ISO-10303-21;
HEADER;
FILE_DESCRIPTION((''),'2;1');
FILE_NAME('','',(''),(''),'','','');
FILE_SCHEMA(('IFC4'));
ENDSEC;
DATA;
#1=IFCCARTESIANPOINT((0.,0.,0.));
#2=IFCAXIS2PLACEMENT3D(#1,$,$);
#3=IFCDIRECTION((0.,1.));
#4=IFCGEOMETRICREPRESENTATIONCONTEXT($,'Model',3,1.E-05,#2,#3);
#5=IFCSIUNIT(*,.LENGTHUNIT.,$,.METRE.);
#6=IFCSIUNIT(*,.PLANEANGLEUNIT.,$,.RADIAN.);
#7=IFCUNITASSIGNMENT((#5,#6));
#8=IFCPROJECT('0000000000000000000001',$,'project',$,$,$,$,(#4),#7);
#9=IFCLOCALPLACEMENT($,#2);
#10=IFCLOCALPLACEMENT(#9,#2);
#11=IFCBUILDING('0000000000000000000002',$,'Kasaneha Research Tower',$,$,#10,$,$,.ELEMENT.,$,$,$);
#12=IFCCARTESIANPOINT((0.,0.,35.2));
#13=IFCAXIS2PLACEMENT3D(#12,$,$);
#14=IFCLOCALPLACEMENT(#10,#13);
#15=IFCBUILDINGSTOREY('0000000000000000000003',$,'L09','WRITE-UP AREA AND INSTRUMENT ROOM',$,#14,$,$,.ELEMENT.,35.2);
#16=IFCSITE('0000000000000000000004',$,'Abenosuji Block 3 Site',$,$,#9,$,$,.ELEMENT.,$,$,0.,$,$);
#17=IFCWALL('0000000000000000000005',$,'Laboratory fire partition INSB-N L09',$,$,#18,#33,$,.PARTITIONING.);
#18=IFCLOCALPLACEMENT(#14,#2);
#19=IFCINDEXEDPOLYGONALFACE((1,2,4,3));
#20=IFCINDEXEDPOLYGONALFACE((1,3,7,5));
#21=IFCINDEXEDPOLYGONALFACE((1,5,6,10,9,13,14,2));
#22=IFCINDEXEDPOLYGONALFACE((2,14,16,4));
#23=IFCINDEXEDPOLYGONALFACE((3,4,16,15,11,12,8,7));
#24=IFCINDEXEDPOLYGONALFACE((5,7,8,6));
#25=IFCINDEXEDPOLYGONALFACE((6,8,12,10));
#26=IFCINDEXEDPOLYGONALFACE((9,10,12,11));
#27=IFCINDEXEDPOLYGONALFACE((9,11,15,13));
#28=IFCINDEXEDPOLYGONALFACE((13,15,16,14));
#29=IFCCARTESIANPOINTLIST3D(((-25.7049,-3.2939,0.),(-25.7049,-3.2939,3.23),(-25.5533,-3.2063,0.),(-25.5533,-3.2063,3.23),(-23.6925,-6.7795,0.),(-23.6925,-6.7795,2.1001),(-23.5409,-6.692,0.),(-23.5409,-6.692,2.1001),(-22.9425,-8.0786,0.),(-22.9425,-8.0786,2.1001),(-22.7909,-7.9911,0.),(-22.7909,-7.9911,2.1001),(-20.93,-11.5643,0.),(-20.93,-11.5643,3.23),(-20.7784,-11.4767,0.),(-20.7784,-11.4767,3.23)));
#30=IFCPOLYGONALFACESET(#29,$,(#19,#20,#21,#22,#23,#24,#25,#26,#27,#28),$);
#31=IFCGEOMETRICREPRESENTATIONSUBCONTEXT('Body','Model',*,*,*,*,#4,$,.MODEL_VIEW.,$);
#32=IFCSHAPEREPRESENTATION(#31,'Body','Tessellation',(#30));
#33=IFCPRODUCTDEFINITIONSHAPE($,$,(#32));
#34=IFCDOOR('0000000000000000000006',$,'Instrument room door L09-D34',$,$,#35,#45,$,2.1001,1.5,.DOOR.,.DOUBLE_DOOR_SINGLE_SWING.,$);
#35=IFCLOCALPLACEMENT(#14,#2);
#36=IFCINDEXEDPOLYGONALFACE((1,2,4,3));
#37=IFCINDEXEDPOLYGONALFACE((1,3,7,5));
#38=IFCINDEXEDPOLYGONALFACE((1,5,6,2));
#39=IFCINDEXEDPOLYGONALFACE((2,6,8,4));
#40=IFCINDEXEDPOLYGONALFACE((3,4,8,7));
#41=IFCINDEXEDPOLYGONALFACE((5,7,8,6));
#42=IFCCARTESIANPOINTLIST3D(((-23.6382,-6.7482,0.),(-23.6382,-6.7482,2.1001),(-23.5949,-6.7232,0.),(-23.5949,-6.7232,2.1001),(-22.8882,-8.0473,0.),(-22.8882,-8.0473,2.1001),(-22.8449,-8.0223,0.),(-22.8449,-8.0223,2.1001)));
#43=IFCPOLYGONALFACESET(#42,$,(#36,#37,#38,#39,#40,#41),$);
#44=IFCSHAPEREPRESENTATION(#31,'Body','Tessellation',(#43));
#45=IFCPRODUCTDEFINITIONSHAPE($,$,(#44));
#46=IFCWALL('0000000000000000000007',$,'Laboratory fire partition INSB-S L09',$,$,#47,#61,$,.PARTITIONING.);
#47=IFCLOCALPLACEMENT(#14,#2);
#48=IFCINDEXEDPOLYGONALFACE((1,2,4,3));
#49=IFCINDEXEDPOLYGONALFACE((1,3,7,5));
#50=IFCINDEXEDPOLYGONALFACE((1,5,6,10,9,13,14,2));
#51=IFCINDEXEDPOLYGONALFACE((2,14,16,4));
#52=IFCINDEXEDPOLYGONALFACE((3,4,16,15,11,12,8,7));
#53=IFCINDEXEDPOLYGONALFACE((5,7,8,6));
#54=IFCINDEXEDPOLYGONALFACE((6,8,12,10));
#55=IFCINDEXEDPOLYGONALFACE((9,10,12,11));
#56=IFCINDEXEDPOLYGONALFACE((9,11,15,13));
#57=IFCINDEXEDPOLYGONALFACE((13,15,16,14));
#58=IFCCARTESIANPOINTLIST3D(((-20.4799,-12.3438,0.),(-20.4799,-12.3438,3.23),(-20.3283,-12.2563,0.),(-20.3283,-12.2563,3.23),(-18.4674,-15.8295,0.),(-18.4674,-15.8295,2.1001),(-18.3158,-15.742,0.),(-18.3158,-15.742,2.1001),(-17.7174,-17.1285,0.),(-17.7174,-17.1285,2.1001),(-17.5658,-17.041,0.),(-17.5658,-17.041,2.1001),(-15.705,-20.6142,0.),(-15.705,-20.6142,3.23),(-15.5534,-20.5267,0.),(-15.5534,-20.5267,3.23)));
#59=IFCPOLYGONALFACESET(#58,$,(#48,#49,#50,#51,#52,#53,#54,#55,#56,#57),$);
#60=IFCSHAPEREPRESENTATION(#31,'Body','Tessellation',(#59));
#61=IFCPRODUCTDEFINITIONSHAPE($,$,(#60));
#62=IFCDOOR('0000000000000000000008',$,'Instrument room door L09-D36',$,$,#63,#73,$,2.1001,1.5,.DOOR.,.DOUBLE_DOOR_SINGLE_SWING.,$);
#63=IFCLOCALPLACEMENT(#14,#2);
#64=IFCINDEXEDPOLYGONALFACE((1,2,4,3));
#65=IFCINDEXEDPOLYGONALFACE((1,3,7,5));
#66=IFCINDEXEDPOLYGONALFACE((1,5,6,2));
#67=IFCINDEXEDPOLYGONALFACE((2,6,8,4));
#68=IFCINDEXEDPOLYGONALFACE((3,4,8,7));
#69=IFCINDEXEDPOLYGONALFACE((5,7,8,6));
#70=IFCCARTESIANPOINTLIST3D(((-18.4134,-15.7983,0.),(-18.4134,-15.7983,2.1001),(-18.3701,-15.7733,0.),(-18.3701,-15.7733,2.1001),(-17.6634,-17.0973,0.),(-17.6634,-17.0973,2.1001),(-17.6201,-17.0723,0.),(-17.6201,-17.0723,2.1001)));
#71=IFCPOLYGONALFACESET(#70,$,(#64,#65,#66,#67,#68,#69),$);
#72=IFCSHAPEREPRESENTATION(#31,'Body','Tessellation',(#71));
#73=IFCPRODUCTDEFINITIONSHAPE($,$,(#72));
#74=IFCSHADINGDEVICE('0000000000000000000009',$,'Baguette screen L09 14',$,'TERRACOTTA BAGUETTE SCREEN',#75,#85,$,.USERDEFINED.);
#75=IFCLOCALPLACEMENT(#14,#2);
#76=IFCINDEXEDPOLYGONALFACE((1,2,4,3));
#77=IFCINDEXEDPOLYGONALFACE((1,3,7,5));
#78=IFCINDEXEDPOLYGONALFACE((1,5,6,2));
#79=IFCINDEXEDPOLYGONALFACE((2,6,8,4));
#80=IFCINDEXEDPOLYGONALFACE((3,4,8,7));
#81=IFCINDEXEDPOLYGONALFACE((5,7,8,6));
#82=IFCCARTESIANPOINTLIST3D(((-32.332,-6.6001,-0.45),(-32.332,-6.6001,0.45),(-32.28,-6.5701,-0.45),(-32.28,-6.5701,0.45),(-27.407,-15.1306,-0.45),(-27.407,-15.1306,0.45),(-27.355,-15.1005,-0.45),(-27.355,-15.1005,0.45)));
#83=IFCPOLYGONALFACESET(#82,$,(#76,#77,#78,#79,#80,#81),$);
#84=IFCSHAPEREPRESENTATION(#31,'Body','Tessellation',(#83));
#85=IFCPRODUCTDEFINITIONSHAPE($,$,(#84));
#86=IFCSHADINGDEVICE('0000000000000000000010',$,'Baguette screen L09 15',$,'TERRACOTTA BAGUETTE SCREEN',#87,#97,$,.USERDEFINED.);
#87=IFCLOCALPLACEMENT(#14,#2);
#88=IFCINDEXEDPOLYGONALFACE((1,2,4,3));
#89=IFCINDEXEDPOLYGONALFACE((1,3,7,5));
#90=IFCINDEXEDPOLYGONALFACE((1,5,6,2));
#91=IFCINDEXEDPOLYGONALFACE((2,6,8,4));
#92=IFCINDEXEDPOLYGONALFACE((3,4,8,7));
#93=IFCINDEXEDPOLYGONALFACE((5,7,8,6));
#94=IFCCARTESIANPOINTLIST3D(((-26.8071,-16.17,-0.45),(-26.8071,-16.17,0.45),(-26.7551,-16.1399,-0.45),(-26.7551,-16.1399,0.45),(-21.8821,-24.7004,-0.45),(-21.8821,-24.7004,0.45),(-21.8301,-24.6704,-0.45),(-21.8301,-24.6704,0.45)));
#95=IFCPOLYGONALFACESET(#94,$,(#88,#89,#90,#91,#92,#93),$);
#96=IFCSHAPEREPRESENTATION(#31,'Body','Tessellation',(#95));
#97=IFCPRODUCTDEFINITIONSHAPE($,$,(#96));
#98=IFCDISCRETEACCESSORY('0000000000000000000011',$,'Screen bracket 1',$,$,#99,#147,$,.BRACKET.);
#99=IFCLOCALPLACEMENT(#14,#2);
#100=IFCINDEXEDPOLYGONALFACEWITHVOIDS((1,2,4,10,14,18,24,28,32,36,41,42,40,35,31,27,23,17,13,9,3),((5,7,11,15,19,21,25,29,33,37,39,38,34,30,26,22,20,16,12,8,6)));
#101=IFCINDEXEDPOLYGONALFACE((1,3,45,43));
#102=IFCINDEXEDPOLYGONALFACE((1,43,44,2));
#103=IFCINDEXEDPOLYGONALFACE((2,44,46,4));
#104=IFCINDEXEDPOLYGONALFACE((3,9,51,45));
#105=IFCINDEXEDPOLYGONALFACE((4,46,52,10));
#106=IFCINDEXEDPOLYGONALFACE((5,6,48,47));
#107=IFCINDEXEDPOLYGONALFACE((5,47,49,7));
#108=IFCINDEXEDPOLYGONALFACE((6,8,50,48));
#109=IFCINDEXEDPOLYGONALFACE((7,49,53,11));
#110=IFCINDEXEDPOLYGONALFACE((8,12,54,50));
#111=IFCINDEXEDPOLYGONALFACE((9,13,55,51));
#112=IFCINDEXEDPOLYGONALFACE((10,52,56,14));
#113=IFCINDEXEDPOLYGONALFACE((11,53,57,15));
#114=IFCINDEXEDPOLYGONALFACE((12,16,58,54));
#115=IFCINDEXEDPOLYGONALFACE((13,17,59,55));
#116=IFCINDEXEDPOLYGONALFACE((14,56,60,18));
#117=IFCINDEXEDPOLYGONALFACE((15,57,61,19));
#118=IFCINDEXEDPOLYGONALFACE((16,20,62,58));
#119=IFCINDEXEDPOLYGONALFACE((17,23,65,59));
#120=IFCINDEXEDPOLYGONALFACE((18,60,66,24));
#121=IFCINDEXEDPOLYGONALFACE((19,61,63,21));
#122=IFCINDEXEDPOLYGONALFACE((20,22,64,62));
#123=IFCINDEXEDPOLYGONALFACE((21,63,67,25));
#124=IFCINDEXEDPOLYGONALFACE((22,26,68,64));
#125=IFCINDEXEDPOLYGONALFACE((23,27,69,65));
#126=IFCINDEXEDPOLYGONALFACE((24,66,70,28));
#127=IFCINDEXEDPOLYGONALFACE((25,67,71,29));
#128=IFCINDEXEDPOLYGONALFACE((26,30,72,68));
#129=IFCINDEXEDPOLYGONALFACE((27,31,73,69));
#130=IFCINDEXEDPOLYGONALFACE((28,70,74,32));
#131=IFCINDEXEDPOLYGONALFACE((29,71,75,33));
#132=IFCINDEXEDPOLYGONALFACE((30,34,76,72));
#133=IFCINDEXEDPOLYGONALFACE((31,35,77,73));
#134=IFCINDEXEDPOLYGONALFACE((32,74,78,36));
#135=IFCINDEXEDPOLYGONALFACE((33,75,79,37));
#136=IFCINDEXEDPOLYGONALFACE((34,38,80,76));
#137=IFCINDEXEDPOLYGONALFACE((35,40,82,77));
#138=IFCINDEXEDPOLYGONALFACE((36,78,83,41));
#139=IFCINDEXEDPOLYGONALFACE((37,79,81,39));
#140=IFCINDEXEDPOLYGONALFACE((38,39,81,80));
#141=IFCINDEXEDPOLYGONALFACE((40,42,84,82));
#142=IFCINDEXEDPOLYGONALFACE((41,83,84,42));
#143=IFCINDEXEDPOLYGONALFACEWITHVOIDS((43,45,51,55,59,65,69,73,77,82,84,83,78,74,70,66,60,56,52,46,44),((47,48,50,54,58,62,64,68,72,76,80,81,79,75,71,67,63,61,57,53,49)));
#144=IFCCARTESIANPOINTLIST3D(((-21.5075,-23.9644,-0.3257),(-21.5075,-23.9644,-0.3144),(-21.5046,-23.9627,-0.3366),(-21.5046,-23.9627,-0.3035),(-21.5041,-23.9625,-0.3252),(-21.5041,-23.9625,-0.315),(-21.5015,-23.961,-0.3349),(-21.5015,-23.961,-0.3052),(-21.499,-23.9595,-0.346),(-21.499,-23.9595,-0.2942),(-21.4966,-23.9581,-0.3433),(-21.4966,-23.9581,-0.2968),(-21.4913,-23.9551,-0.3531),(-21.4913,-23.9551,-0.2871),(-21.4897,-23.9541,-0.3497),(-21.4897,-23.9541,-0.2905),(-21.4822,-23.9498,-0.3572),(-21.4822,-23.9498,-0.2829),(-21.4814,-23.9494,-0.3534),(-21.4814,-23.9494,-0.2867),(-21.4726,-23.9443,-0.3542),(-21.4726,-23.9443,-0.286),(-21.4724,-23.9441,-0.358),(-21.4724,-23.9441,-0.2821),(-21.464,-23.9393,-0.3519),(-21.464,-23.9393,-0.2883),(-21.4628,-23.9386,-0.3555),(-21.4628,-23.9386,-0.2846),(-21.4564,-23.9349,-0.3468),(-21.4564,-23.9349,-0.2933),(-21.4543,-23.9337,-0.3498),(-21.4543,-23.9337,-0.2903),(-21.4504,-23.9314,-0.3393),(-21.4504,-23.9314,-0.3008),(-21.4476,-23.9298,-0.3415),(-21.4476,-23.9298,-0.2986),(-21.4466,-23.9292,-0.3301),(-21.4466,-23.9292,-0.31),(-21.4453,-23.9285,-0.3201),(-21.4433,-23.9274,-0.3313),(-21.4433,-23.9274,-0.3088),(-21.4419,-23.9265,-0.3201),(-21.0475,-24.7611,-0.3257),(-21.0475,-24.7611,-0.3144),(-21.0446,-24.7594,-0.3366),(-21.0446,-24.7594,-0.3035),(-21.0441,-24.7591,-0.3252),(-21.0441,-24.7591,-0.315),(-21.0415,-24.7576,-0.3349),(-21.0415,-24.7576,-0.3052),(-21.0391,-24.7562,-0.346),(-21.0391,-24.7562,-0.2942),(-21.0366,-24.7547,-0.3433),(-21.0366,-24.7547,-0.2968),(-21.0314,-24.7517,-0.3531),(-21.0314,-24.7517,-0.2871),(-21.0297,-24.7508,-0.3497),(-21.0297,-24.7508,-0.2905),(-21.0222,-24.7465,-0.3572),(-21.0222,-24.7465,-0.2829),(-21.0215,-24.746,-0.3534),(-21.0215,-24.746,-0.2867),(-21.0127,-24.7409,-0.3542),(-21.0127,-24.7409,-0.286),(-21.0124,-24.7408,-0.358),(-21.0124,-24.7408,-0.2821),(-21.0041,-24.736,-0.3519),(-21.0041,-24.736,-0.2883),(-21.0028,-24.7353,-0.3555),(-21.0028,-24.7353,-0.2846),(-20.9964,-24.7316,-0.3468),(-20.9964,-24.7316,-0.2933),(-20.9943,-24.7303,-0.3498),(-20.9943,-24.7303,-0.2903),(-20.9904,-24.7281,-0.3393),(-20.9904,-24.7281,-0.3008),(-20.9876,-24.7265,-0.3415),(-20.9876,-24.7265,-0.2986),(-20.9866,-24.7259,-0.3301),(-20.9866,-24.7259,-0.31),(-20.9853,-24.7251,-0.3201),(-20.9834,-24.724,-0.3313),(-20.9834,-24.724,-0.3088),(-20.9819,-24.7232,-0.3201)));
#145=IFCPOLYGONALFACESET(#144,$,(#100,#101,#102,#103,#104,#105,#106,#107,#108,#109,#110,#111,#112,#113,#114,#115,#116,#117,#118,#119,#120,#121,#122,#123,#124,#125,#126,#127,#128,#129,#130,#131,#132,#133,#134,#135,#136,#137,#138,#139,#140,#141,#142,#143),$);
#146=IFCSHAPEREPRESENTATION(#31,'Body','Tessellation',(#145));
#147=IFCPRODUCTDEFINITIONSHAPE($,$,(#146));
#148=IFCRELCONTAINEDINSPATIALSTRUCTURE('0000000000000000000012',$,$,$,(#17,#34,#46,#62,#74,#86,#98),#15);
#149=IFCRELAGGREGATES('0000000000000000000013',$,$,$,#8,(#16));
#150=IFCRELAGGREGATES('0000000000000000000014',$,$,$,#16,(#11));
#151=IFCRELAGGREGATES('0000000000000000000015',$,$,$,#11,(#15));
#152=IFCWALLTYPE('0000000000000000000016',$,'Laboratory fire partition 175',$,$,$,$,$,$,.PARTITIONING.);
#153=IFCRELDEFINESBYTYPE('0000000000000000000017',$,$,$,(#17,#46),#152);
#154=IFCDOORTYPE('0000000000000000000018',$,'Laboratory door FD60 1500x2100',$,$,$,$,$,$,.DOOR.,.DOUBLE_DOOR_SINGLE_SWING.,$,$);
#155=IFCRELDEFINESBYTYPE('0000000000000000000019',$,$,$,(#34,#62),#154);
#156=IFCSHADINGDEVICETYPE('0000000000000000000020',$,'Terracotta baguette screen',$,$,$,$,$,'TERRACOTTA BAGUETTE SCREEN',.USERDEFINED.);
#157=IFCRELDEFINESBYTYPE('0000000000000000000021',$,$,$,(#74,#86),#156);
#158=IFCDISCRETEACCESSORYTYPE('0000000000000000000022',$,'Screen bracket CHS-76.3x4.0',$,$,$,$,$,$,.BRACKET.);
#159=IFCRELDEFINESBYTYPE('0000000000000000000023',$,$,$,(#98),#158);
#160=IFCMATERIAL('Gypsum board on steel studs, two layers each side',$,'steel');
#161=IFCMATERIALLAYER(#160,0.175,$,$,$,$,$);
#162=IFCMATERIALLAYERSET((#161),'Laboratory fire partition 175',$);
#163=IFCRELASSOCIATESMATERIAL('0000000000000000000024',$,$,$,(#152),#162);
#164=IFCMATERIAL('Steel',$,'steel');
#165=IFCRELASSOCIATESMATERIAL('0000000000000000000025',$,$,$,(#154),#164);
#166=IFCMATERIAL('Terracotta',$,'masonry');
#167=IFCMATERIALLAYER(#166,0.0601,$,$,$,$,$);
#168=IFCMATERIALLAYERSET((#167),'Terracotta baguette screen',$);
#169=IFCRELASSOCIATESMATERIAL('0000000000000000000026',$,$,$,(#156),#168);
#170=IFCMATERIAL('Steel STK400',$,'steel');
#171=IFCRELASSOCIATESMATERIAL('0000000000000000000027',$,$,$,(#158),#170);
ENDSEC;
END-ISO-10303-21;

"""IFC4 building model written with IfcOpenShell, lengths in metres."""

from ifc_helpers import new_model, si_unit, direction, frame, frame_2d, origin, origin_2d, place, context, subcontext, project, spatial, rectangle, hollow_circle, extrude, material, layer, layer_set, material_profile, profile_set, type_object, element, fill, save


model = new_model("IFC4")

# Units and contexts
model_context = context("Model", 3, precision=1e-05, world=origin(), true_north=direction((0.0, 1.0)))
body_context = subcontext(model_context, "Body", "Model", "MODEL_VIEW")
ifc_project = project(units=[si_unit("LENGTHUNIT", "METRE"), si_unit("PLANEANGLEUNIT", "RADIAN")], contexts=[model_context])

# Site, building, storey
site_placement = place(None, origin())
site = spatial("IfcSite", under=ifc_project, at=site_placement, Name="Abenosuji Block 3 Site", CompositionType="ELEMENT", RefElevation=0.0)
building_placement = place(site_placement, origin())
building = spatial("IfcBuilding", under=site, at=building_placement, Name="Kasaneha Research Tower", CompositionType="ELEMENT")
storey_placement = place(building_placement, frame((0.0, 0.0, 35.2)))
storey = spatial("IfcBuildingStorey", under=building, at=storey_placement, Name="L09", Description="WRITE-UP AREA AND INSTRUMENT ROOM", CompositionType="ELEMENT", Elevation=35.2)

# Walls, openings, doors
ifc_material_1 = material(Name="Gypsum board on steel studs, two layers each side", Category="steel")
ifc_layer_1 = layer(ifc_material_1, 0.175)
ifc_layer_set_1 = layer_set([ifc_layer_1], Name="Laboratory fire partition 175")
wall_type = type_object("IfcWallType", Name="Laboratory fire partition 175", PredefinedType="PARTITIONING", material=ifc_layer_set_1)
wall_1_placement = place(storey_placement, frame((-20.8542, -11.5205, 0.0), z_axis=(0.0, 0.0, 1.0), x_axis=(-0.499994, 0.866029, 0.0)))
wall_1 = element("IfcWall", 1, at=wall_1_placement, inside=storey, type_object=wall_type, Name="Laboratory fire partition INSB-N L09", PredefinedType="PARTITIONING", context=body_context, shape_type="SweptSolid", body=[
    extrude(rectangle(XDim=9.5498, YDim=0.175, at=frame_2d((4.7749, 0.0))), origin(), (0.0, 0.0, 1.0), 3.23),
])
opening_1_placement = place(wall_1_placement, frame((4.0249, 0.0, 0.0)))
opening_1 = element("IfcOpeningElement", 2, at=opening_1_placement, cuts=wall_1, PredefinedType="OPENING", context=body_context, shape_type="SweptSolid", body=[
    extrude(rectangle(XDim=1.5, YDim=2.1001, at=frame_2d((0.75, 1.05))), frame((0.0, 0.0977, 0.0), z_axis=(0.0, -1.0, 0.0), x_axis=(1.0, 0.0, 0.0)), (0.0, 0.0, 1.0), 0.1951),
])
ifc_material_2 = material(Name="Steel", Category="steel")
door_type = type_object("IfcDoorType", Name="Laboratory door FD60 1500x2100", OperationType="DOUBLE_DOOR_SINGLE_SWING", PredefinedType="DOOR", material=ifc_material_2)
door_1_placement = place(opening_1_placement, origin())
door_1 = element("IfcDoor", 3, at=door_1_placement, inside=storey, type_object=door_type, Name="Instrument room door L09-D34", OperationType="DOUBLE_DOOR_SINGLE_SWING", OverallHeight=2.1001, OverallWidth=1.5, PredefinedType="DOOR", context=body_context, shape_type="SweptSolid", body=[
    extrude(rectangle(XDim=1.5, YDim=2.1001, at=frame_2d((0.75, 1.05))), frame((0.0, 0.0249, 0.0), z_axis=(0.0, -1.0, 0.0), x_axis=(1.0, 0.0, 0.0)), (0.0, 0.0, 1.0), 0.05),
])
fill(opening_1, door_1)
wall_2_placement = place(storey_placement, frame((-20.4041, -12.3, 0.0), z_axis=(0.0, 0.0, 1.0), x_axis=(0.499994, -0.866029, 0.0)))
wall_2 = element("IfcWall", 4, at=wall_2_placement, inside=storey, type_object=wall_type, Name="Laboratory fire partition INSB-S L09", PredefinedType="PARTITIONING", context=body_context, shape_type="SweptSolid", body=[
    extrude(rectangle(XDim=9.5498, YDim=0.175, at=frame_2d((4.7749, 0.0))), origin(), (0.0, 0.0, 1.0), 3.23),
])
opening_2_placement = place(wall_2_placement, frame((4.0249, 0.0, 0.0)))
opening_2 = element("IfcOpeningElement", 5, at=opening_2_placement, cuts=wall_2, PredefinedType="OPENING", context=body_context, shape_type="SweptSolid", body=[
    extrude(rectangle(XDim=1.5, YDim=2.1001, at=frame_2d((0.75, 1.05))), frame((0.0, 0.0977, 0.0), z_axis=(0.0, -1.0, 0.0), x_axis=(1.0, 0.0, 0.0)), (0.0, 0.0, 1.0), 0.1951),
])
door_2_placement = place(opening_2_placement, origin())
door_2 = element("IfcDoor", 6, at=door_2_placement, inside=storey, type_object=door_type, Name="Instrument room door L09-D36", OperationType="DOUBLE_DOOR_SINGLE_SWING", OverallHeight=2.1001, OverallWidth=1.5, PredefinedType="DOOR", context=body_context, shape_type="SweptSolid", body=[
    extrude(rectangle(XDim=1.5, YDim=2.1001, at=frame_2d((0.75, 1.05))), frame((0.0, 0.0249, 0.0), z_axis=(0.0, -1.0, 0.0), x_axis=(1.0, 0.0, 0.0)), (0.0, 0.0, 1.0), 0.05),
])
fill(opening_2, door_2)

# Shading devices
ifc_material_3 = material(Name="Terracotta", Category="masonry")
ifc_layer_2 = layer(ifc_material_3, 0.0601)
ifc_layer_set_2 = layer_set([ifc_layer_2], Name="Terracotta baguette screen")
shading_device_type = type_object("IfcShadingDeviceType", Name="Terracotta baguette screen", ElementType="TERRACOTTA BAGUETTE SCREEN", PredefinedType="USERDEFINED", material=ifc_layer_set_2)
for number, where, z_axis, x_axis, name in (
    (7, (-29.8435, -10.8503, -0.45), (0.0, 0.0, 1.0), (0.5, -0.866025, 0.0), "Baguette screen L09 14"),
    (8, (-24.3186, -20.4202, -0.45), (0.0, 0.0, 1.0), (0.5, -0.866025, 0.0), "Baguette screen L09 15"),
):
    element("IfcShadingDevice", number, at=place(storey_placement, frame(where, z_axis=z_axis, x_axis=x_axis)), inside=storey, type_object=shading_device_type, Name=name, ObjectType="TERRACOTTA BAGUETTE SCREEN", PredefinedType="USERDEFINED", context=body_context, shape_type="SweptSolid", body=[
        extrude(rectangle(XDim=9.8501, YDim=0.0601, at=origin_2d()), origin(), (0.0, 0.0, 1.0), 0.8999),
    ])

# Discrete accessory
ifc_material_4 = material(Name="Steel STK400", Category="steel")
ifc_material_profile_1 = material_profile(ifc_material_4, hollow_circle(Radius=0.0381, WallThickness=0.0039, at=origin_2d()), Name="CHS-76.3x4.0")
ifc_profile_set_1 = profile_set([ifc_material_profile_1], Name="Steel STK400")
discrete_accessory_type = type_object("IfcDiscreteAccessoryType", Name="Screen bracket CHS-76.3x4.0", PredefinedType="BRACKET", material=ifc_profile_set_1)
for number, where, z_axis, x_axis, name in (
    (9, (-21.4749, -23.9456, -0.3201), (0.500021, -0.866013, 0.0), (0.866013, 0.500021, 0.0), "Screen bracket 1"),
):
    element("IfcDiscreteAccessory", number, at=place(storey_placement, frame(where, z_axis=z_axis, x_axis=x_axis)), inside=storey, type_object=discrete_accessory_type, Name=name, PredefinedType="BRACKET", context=body_context, shape_type="SweptSolid", body=[
        extrude(hollow_circle(Radius=0.0381, WallThickness=0.0039, at=origin_2d()), origin(), (0.0, 0.0, 1.0), 0.9199),
    ])

save(model, "model.ifc")
